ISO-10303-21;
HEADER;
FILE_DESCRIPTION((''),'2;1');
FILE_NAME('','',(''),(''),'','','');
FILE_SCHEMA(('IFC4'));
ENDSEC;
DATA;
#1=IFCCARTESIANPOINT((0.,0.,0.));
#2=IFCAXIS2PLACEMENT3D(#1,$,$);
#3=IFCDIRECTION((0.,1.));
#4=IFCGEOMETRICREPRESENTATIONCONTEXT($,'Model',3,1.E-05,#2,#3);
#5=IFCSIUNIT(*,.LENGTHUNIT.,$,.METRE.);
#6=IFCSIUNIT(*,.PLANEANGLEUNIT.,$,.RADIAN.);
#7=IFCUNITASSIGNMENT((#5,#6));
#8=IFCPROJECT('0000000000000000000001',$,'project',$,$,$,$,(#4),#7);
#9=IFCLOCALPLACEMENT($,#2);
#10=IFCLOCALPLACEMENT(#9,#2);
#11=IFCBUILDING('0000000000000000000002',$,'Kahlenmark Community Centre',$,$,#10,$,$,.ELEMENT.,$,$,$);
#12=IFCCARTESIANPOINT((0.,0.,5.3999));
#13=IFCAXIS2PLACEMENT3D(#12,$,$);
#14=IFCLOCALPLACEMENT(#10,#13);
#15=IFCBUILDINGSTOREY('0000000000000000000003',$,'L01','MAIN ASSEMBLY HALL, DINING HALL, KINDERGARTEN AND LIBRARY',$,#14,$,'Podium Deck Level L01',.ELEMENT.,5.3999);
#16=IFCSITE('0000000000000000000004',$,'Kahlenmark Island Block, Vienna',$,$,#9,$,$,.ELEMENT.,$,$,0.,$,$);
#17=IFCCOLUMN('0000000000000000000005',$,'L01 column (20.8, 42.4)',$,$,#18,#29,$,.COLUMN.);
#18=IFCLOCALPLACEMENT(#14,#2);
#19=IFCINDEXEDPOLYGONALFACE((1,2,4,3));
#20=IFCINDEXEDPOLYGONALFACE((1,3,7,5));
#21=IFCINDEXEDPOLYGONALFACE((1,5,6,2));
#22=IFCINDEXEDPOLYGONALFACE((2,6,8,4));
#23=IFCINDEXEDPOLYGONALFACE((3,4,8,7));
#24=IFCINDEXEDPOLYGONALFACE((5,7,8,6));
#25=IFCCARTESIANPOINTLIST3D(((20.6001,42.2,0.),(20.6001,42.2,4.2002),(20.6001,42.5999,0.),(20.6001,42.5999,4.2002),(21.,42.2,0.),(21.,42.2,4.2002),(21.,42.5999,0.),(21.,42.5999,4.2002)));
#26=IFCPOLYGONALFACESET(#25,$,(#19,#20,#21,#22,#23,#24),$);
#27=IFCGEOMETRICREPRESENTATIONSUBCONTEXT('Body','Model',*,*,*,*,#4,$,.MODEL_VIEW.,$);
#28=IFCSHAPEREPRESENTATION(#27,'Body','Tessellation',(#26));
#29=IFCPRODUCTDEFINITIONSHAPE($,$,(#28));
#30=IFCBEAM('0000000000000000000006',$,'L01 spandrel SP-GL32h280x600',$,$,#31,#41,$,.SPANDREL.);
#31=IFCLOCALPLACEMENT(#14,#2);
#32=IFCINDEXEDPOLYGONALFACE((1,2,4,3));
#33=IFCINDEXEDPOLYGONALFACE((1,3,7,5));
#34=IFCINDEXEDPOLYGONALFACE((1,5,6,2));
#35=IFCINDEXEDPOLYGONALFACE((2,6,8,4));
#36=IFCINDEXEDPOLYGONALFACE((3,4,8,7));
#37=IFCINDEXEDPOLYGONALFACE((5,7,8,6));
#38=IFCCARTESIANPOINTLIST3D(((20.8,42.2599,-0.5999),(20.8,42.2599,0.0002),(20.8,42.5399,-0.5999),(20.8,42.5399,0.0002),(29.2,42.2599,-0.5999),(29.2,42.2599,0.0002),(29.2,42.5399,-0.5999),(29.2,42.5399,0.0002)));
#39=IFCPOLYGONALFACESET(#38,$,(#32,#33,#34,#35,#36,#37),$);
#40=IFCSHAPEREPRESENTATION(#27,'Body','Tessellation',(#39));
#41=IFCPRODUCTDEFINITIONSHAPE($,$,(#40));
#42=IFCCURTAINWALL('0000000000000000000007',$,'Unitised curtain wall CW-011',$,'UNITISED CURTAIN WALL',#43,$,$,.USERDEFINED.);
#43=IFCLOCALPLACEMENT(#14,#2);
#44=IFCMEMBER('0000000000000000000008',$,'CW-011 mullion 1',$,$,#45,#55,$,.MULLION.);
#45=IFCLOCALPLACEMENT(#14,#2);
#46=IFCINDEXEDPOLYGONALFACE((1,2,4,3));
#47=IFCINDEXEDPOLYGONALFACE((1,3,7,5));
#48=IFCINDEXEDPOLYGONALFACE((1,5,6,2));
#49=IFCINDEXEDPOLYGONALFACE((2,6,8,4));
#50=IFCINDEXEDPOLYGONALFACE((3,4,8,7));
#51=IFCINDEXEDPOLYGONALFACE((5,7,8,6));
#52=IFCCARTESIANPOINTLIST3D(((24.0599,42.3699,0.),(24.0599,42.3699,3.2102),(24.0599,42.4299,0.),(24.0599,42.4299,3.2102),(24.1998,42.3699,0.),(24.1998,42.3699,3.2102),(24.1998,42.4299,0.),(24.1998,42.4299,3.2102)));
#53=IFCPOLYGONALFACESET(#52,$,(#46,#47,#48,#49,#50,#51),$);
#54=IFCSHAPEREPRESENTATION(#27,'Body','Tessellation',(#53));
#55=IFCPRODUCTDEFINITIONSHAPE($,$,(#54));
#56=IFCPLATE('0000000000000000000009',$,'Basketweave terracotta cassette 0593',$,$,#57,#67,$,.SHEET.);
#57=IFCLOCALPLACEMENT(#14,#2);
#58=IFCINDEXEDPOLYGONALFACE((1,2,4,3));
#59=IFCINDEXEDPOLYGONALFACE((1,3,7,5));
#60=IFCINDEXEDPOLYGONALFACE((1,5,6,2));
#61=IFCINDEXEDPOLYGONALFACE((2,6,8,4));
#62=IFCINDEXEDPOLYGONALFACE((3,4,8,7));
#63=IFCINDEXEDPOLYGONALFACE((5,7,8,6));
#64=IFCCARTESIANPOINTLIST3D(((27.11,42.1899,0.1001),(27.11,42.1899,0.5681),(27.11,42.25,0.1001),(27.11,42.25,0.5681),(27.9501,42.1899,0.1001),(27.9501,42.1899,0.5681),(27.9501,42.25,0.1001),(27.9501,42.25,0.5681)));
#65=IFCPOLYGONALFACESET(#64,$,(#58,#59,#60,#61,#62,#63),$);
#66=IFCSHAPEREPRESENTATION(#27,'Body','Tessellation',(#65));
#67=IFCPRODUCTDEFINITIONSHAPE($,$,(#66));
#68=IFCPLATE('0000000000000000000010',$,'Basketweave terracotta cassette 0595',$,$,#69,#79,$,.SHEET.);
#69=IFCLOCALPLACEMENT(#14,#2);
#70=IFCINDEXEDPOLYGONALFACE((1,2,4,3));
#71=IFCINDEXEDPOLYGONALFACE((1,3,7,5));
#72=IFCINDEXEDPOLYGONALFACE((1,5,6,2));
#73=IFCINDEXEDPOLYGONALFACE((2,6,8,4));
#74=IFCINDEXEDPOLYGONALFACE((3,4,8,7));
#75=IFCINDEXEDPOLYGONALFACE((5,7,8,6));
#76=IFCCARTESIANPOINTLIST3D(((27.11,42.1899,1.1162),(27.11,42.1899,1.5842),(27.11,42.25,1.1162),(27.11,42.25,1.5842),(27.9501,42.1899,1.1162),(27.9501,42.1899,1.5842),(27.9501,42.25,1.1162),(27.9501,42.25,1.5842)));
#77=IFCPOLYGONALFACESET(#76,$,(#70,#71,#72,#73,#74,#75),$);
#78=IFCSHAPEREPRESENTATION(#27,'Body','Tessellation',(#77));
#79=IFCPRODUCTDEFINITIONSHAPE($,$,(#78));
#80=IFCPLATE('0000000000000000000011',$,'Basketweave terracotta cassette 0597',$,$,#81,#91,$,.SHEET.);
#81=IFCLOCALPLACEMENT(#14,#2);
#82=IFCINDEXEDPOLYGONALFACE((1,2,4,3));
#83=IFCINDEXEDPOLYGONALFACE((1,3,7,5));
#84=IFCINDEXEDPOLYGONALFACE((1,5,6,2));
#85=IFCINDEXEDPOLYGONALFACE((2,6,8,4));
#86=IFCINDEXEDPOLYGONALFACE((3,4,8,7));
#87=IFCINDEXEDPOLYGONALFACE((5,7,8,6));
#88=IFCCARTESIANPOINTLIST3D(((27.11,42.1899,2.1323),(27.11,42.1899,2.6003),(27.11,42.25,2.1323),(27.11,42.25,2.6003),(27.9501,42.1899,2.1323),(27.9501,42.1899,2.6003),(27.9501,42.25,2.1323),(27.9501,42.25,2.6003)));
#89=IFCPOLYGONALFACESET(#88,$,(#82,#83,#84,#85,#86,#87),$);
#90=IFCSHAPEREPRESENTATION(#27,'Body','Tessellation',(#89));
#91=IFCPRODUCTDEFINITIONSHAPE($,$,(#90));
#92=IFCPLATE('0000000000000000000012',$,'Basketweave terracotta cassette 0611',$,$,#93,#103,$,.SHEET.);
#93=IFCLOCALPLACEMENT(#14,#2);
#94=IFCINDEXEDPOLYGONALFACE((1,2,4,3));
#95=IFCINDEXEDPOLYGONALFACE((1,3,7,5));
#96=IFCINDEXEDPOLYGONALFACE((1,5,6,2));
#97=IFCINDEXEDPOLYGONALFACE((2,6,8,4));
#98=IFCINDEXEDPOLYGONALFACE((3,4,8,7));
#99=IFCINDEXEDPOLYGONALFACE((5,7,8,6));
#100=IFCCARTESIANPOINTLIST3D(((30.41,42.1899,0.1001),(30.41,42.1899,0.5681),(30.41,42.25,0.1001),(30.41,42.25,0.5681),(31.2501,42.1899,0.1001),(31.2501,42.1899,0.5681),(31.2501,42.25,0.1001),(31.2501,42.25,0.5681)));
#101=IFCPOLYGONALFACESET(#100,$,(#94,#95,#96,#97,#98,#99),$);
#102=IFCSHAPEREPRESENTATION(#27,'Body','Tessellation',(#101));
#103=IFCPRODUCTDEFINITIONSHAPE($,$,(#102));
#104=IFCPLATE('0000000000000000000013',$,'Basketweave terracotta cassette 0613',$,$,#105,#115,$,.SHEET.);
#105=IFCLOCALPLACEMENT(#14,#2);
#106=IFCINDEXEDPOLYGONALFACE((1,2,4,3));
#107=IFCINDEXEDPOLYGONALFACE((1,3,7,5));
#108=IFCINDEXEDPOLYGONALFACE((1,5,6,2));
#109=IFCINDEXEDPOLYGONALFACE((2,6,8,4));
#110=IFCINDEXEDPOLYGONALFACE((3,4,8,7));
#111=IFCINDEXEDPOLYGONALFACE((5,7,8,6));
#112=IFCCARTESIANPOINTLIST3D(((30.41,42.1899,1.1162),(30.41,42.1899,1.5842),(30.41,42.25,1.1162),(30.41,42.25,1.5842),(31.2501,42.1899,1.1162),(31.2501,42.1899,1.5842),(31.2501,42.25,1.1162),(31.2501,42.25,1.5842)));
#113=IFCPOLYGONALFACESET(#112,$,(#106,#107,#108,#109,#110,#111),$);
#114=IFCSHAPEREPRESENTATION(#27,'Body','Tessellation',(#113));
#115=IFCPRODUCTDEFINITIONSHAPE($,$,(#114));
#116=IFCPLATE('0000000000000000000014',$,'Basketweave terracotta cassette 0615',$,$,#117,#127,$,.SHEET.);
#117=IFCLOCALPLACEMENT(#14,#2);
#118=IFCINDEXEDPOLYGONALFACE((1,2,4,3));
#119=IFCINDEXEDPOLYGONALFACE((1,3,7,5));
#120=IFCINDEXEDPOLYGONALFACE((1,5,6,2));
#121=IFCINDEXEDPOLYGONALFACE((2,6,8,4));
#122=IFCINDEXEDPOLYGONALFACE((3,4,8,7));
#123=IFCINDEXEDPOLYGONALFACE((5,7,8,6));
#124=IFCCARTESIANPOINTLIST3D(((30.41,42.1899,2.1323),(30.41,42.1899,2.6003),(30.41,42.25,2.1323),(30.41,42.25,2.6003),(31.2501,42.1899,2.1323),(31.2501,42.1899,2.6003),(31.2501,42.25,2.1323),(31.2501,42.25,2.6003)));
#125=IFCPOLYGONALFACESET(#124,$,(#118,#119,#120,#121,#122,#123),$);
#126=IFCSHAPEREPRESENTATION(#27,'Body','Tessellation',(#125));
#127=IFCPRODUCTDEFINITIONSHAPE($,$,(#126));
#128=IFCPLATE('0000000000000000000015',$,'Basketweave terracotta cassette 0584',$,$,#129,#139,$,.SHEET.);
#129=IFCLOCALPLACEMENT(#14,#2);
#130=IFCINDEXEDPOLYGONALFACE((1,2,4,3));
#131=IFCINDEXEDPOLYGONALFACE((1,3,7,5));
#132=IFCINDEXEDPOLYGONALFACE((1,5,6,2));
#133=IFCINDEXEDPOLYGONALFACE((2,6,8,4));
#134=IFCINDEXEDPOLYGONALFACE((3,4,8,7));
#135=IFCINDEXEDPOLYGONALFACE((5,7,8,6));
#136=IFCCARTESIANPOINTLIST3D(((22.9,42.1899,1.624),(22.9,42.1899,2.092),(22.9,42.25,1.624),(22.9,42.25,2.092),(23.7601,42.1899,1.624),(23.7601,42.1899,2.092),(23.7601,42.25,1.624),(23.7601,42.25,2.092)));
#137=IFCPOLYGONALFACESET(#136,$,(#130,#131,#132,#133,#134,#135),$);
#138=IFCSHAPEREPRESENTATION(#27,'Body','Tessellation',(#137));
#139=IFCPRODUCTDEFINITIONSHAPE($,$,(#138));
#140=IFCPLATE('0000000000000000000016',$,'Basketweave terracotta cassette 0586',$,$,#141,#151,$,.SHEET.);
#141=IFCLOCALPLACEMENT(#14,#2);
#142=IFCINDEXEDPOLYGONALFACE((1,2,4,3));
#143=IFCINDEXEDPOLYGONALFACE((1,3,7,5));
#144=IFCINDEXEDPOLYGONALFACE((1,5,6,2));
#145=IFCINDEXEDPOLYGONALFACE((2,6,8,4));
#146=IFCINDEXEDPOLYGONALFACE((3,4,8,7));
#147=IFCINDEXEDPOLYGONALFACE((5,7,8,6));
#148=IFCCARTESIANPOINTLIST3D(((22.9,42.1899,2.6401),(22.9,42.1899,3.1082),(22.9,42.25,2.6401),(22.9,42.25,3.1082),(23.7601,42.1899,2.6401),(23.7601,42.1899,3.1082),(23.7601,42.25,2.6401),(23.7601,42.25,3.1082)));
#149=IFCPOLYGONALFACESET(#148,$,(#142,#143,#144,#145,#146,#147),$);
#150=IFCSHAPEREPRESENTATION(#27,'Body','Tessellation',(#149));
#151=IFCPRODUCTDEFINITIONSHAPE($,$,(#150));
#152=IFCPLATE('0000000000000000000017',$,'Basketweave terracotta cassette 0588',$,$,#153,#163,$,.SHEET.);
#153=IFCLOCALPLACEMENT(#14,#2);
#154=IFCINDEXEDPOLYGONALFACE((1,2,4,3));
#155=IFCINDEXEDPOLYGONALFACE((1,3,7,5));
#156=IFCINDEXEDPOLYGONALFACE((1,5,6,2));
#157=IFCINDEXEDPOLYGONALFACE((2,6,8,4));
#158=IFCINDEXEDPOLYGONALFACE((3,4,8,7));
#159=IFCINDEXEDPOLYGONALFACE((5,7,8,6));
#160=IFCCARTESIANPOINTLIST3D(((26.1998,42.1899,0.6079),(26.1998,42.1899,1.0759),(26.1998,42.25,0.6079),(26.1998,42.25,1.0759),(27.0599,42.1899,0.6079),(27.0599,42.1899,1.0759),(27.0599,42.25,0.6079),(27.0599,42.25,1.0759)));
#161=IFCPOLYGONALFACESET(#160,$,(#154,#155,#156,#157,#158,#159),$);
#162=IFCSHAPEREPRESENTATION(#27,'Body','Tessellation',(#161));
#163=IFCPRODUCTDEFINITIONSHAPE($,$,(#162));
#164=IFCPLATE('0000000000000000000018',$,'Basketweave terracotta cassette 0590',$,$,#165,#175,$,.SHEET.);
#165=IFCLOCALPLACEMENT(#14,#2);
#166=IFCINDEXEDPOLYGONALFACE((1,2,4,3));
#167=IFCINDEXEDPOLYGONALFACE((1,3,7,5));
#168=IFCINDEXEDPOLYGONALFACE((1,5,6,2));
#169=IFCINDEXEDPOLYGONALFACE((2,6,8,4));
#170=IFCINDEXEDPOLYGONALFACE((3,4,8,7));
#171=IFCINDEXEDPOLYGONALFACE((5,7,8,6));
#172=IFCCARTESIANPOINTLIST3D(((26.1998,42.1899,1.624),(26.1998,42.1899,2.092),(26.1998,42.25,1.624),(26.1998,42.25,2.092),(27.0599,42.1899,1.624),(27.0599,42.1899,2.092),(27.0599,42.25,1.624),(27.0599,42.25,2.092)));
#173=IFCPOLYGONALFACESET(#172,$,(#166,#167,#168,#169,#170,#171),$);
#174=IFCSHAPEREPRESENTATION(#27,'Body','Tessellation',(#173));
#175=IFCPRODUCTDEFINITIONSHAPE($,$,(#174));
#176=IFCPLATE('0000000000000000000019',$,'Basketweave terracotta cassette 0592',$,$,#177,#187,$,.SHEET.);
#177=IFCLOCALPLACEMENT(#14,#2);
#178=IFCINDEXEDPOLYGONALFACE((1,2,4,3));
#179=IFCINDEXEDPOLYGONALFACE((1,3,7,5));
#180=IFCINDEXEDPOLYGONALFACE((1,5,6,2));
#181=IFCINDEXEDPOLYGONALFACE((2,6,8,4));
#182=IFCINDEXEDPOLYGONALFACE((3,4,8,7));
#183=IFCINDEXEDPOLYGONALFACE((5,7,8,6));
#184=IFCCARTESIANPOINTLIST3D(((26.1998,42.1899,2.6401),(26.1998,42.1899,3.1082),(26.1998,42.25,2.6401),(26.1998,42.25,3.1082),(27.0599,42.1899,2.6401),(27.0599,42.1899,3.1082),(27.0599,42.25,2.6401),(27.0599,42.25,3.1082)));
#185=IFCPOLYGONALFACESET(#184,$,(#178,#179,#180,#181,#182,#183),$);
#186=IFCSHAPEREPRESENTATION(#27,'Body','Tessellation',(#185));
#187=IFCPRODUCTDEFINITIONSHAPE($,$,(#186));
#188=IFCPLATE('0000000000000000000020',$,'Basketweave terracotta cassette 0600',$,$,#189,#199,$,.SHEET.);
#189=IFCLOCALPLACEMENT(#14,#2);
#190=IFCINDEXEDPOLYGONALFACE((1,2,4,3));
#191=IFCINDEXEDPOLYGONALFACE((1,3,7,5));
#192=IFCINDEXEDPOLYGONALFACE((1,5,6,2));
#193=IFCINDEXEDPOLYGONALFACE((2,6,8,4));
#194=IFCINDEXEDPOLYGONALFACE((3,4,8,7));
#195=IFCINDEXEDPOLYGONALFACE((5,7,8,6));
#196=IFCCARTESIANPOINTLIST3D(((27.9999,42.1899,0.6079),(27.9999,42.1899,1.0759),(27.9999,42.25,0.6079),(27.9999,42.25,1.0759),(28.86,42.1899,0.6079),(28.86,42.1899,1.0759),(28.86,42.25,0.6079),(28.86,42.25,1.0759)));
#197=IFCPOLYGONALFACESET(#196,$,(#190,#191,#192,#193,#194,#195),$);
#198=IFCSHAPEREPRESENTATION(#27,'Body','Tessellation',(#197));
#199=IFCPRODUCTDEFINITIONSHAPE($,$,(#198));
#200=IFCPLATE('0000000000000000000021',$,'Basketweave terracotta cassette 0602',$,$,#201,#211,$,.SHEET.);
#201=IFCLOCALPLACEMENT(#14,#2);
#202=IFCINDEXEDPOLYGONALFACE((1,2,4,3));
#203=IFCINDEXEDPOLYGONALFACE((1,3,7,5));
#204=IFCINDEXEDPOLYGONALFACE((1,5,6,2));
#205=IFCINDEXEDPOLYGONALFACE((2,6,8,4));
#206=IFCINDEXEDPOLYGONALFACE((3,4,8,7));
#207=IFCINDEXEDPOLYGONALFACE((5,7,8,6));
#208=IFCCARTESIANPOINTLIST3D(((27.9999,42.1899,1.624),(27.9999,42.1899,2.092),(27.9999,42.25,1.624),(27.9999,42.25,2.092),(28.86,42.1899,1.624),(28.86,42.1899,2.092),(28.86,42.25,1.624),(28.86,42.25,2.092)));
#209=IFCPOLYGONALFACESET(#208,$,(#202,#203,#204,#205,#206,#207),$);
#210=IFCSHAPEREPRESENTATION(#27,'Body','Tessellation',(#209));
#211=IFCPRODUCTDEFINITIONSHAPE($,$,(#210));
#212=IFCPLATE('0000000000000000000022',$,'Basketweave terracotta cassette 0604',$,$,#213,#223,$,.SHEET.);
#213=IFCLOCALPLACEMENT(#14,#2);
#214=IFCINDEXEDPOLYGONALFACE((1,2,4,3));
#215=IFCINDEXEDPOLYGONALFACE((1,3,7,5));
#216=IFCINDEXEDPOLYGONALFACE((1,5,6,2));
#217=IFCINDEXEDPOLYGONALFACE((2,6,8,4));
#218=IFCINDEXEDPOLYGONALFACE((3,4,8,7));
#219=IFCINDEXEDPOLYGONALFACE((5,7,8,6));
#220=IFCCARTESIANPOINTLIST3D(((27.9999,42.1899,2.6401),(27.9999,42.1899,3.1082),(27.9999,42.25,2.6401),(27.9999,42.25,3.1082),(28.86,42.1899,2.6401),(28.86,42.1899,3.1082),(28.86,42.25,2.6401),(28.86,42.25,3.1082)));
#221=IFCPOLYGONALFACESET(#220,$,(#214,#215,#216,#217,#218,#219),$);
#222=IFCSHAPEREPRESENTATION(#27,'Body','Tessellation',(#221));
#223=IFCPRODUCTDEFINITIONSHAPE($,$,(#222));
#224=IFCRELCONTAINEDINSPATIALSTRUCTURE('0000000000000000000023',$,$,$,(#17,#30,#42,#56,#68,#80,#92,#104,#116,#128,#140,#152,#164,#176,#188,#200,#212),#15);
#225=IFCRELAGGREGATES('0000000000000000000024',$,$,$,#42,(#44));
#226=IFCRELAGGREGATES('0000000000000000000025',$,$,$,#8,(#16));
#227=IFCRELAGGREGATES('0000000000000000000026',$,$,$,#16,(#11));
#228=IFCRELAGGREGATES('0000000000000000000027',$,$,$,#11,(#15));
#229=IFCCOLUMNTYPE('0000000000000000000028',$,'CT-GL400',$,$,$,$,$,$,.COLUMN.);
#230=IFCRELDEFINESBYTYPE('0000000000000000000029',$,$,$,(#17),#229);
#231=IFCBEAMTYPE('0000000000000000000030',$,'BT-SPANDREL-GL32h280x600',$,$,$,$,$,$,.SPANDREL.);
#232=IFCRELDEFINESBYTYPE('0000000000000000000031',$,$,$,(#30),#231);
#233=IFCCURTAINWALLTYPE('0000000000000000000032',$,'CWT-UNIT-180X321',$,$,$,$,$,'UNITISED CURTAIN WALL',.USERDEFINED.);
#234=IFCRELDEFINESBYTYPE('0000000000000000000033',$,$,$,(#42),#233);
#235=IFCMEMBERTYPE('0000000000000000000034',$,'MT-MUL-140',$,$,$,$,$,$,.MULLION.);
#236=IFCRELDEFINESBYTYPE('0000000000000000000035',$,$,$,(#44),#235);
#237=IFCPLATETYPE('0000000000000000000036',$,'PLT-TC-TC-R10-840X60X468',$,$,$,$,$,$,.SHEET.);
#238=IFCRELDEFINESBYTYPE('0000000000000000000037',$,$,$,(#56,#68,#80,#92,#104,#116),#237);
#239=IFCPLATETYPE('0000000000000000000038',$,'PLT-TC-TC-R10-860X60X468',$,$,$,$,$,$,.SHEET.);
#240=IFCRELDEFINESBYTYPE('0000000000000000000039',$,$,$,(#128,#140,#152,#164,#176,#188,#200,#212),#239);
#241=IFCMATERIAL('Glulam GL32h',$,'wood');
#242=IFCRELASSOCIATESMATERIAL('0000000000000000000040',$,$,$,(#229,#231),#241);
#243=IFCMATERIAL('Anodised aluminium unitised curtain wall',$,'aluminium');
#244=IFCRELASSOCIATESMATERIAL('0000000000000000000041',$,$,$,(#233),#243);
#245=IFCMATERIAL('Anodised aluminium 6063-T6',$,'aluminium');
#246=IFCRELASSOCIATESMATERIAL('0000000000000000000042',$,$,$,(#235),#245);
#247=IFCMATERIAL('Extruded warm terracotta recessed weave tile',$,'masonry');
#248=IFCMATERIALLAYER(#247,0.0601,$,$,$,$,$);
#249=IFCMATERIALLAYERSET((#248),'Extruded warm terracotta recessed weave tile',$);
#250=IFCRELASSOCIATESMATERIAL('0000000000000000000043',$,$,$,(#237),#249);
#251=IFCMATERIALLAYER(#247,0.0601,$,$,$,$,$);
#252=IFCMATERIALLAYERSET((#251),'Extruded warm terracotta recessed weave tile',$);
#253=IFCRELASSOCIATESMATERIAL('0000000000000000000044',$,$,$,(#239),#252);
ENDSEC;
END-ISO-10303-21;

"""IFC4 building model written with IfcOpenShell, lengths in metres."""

from ifc_helpers import new_model, si_unit, direction, frame, origin, origin_2d, place, context, subcontext, project, spatial, rectangle, extrude, material, layer, layer_set, material_profile, profile_set, type_object, element, aggregate, save


model = new_model("IFC4")

# Units and contexts
model_context = context("Model", 3, precision=1e-05, world=origin(), true_north=direction((0.0, 1.0)))
body_context = subcontext(model_context, "Body", "Model", "MODEL_VIEW")
ifc_project = project(units=[si_unit("LENGTHUNIT", "METRE"), si_unit("PLANEANGLEUNIT", "RADIAN")], contexts=[model_context])

# Site, building, storey
site_placement = place(None, origin())
site = spatial("IfcSite", under=ifc_project, at=site_placement, Name="Kahlenmark Island Block, Vienna", CompositionType="ELEMENT", RefElevation=0.0)
building_placement = place(site_placement, origin())
building = spatial("IfcBuilding", under=site, at=building_placement, Name="Kahlenmark Community Centre", CompositionType="ELEMENT")
storey_placement = place(building_placement, frame((0.0, 0.0, 5.3999)))
storey = spatial("IfcBuildingStorey", under=building, at=storey_placement, Name="L01", Description="MAIN ASSEMBLY HALL, DINING HALL, KINDERGARTEN AND LIBRARY", LongName="Podium Deck Level L01", CompositionType="ELEMENT", Elevation=5.3999)

# Column
ifc_material_1 = material(Name="Glulam GL32h", Category="wood")
ifc_material_profile_1 = material_profile(ifc_material_1, rectangle(XDim=0.3999, YDim=0.3999, at=origin_2d()), Name="GL32h 400x400")
ifc_profile_set_1 = profile_set([ifc_material_profile_1], Name="Glulam GL32h")
column_type = type_object("IfcColumnType", Name="CT-GL400", PredefinedType="COLUMN", material=ifc_profile_set_1)
column_placement = place(storey_placement, frame((20.8, 42.3999, 0.0), z_axis=(0.0, 0.0, 1.0), x_axis=(1.0, 0.0, 0.0)))
element("IfcColumn", 1, at=column_placement, inside=storey, type_object=column_type, Name="L01 column (20.8, 42.4)", PredefinedType="COLUMN", context=body_context, shape_type="SweptSolid", body=[
    extrude(rectangle(XDim=0.3999, YDim=0.3999, at=origin_2d()), origin(), (0.0, 0.0, 1.0), 4.2002),
])

# Beam
ifc_material_profile_2 = material_profile(ifc_material_1, rectangle(XDim=0.28, YDim=0.6001, at=origin_2d()), Name="GL32h 280x600")
ifc_profile_set_2 = profile_set([ifc_material_profile_2], Name="Glulam GL32h")
beam_type = type_object("IfcBeamType", Name="BT-SPANDREL-GL32h280x600", PredefinedType="SPANDREL", material=ifc_profile_set_2)
beam_placement = place(storey_placement, frame((20.8, 42.3999, -0.2998), z_axis=(1.0, 0.0, 0.0), x_axis=(0.0, 1.0, 0.0)))
element("IfcBeam", 2, at=beam_placement, inside=storey, type_object=beam_type, Name="L01 spandrel SP-GL32h280x600", PredefinedType="SPANDREL", context=body_context, shape_type="SweptSolid", body=[
    extrude(rectangle(XDim=0.28, YDim=0.6001, at=origin_2d()), origin(), (0.0, 0.0, 1.0), 8.3999),
])

# Curtain wall, member
ifc_material_2 = material(Name="Anodised aluminium unitised curtain wall", Category="aluminium")
curtain_wall_type = type_object("IfcCurtainWallType", Name="CWT-UNIT-180X321", ElementType="UNITISED CURTAIN WALL", PredefinedType="USERDEFINED", material=ifc_material_2)
curtain_wall_placement = place(storey_placement, origin())
curtain_wall = element("IfcCurtainWall", 3, at=curtain_wall_placement, inside=storey, type_object=curtain_wall_type, Name="Unitised curtain wall CW-011", ObjectType="UNITISED CURTAIN WALL", PredefinedType="USERDEFINED")
ifc_material_3 = material(Name="Anodised aluminium 6063-T6", Category="aluminium")
ifc_material_profile_3 = material_profile(ifc_material_3, rectangle(XDim=0.0601, YDim=0.1399, at=origin_2d()), Name="ALU MULLION 60x140")
ifc_profile_set_3 = profile_set([ifc_material_profile_3], Name="Anodised aluminium 6063-T6")
member_type = type_object("IfcMemberType", Name="MT-MUL-140", PredefinedType="MULLION", material=ifc_profile_set_3)
member_placement = place(storey_placement, frame((24.1299, 42.3999, 0.0), z_axis=(0.0, 0.0, 1.0), x_axis=(0.0, 1.0, 0.0)))
member = element("IfcMember", 4, at=member_placement, type_object=member_type, Name="CW-011 mullion 1", PredefinedType="MULLION", context=body_context, shape_type="SweptSolid", body=[
    extrude(rectangle(XDim=0.0601, YDim=0.1399, at=origin_2d()), origin(), (0.0, 0.0, 1.0), 3.2102),
])
aggregate(curtain_wall, [member])

# Plates
ifc_material_4 = material(Name="Extruded warm terracotta recessed weave tile", Category="masonry")
ifc_layer_1 = layer(ifc_material_4, 0.0601)
ifc_layer_set_1 = layer_set([ifc_layer_1], Name="Extruded warm terracotta recessed weave tile")
plate_type_1 = type_object("IfcPlateType", Name="PLT-TC-TC-R10-840X60X468", PredefinedType="SHEET", material=ifc_layer_set_1)
for number, where, z_axis, x_axis, name in (
    (5, (27.53, 42.22, 0.1001), (0.0, 0.0, 1.0), (1.0, 0.0, 0.0), "Basketweave terracotta cassette 0593"),
    (6, (27.53, 42.22, 1.1162), (0.0, 0.0, 1.0), (1.0, 0.0, 0.0), "Basketweave terracotta cassette 0595"),
    (7, (27.53, 42.22, 2.1323), (0.0, 0.0, 1.0), (1.0, 0.0, 0.0), "Basketweave terracotta cassette 0597"),
    (8, (30.8301, 42.22, 0.1001), (0.0, 0.0, 1.0), (1.0, 0.0, 0.0), "Basketweave terracotta cassette 0611"),
    (9, (30.8301, 42.22, 1.1162), (0.0, 0.0, 1.0), (1.0, 0.0, 0.0), "Basketweave terracotta cassette 0613"),
    (10, (30.8301, 42.22, 2.1323), (0.0, 0.0, 1.0), (1.0, 0.0, 0.0), "Basketweave terracotta cassette 0615"),
):
    element("IfcPlate", number, at=place(storey_placement, frame(where, z_axis=z_axis, x_axis=x_axis)), inside=storey, type_object=plate_type_1, Name=name, PredefinedType="SHEET", context=body_context, shape_type="SweptSolid", body=[
        extrude(rectangle(XDim=0.8401, YDim=0.0601, at=origin_2d()), origin(), (0.0, 0.0, 1.0), 0.468),
    ])
ifc_layer_2 = layer(ifc_material_4, 0.0601)
ifc_layer_set_2 = layer_set([ifc_layer_2], Name="Extruded warm terracotta recessed weave tile")
plate_type_2 = type_object("IfcPlateType", Name="PLT-TC-TC-R10-860X60X468", PredefinedType="SHEET", material=ifc_layer_set_2)
for number, where, z_axis, x_axis, name in (
    (11, (23.3301, 42.22, 1.624), (0.0, 0.0, 1.0), (1.0, 0.0, 0.0), "Basketweave terracotta cassette 0584"),
    (12, (23.3301, 42.22, 2.6401), (0.0, 0.0, 1.0), (1.0, 0.0, 0.0), "Basketweave terracotta cassette 0586"),
    (13, (26.6299, 42.22, 0.6079), (0.0, 0.0, 1.0), (1.0, 0.0, 0.0), "Basketweave terracotta cassette 0588"),
    (14, (26.6299, 42.22, 1.624), (0.0, 0.0, 1.0), (1.0, 0.0, 0.0), "Basketweave terracotta cassette 0590"),
    (15, (26.6299, 42.22, 2.6401), (0.0, 0.0, 1.0), (1.0, 0.0, 0.0), "Basketweave terracotta cassette 0592"),
    (16, (28.4299, 42.22, 0.6079), (0.0, 0.0, 1.0), (1.0, 0.0, 0.0), "Basketweave terracotta cassette 0600"),
    (17, (28.4299, 42.22, 1.624), (0.0, 0.0, 1.0), (1.0, 0.0, 0.0), "Basketweave terracotta cassette 0602"),
    (18, (28.4299, 42.22, 2.6401), (0.0, 0.0, 1.0), (1.0, 0.0, 0.0), "Basketweave terracotta cassette 0604"),
):
    element("IfcPlate", number, at=place(storey_placement, frame(where, z_axis=z_axis, x_axis=x_axis)), inside=storey, type_object=plate_type_2, Name=name, PredefinedType="SHEET", context=body_context, shape_type="SweptSolid", body=[
        extrude(rectangle(XDim=0.8601, YDim=0.0601, at=origin_2d()), origin(), (0.0, 0.0, 1.0), 0.468),
    ])

save(model, "model.ifc")
